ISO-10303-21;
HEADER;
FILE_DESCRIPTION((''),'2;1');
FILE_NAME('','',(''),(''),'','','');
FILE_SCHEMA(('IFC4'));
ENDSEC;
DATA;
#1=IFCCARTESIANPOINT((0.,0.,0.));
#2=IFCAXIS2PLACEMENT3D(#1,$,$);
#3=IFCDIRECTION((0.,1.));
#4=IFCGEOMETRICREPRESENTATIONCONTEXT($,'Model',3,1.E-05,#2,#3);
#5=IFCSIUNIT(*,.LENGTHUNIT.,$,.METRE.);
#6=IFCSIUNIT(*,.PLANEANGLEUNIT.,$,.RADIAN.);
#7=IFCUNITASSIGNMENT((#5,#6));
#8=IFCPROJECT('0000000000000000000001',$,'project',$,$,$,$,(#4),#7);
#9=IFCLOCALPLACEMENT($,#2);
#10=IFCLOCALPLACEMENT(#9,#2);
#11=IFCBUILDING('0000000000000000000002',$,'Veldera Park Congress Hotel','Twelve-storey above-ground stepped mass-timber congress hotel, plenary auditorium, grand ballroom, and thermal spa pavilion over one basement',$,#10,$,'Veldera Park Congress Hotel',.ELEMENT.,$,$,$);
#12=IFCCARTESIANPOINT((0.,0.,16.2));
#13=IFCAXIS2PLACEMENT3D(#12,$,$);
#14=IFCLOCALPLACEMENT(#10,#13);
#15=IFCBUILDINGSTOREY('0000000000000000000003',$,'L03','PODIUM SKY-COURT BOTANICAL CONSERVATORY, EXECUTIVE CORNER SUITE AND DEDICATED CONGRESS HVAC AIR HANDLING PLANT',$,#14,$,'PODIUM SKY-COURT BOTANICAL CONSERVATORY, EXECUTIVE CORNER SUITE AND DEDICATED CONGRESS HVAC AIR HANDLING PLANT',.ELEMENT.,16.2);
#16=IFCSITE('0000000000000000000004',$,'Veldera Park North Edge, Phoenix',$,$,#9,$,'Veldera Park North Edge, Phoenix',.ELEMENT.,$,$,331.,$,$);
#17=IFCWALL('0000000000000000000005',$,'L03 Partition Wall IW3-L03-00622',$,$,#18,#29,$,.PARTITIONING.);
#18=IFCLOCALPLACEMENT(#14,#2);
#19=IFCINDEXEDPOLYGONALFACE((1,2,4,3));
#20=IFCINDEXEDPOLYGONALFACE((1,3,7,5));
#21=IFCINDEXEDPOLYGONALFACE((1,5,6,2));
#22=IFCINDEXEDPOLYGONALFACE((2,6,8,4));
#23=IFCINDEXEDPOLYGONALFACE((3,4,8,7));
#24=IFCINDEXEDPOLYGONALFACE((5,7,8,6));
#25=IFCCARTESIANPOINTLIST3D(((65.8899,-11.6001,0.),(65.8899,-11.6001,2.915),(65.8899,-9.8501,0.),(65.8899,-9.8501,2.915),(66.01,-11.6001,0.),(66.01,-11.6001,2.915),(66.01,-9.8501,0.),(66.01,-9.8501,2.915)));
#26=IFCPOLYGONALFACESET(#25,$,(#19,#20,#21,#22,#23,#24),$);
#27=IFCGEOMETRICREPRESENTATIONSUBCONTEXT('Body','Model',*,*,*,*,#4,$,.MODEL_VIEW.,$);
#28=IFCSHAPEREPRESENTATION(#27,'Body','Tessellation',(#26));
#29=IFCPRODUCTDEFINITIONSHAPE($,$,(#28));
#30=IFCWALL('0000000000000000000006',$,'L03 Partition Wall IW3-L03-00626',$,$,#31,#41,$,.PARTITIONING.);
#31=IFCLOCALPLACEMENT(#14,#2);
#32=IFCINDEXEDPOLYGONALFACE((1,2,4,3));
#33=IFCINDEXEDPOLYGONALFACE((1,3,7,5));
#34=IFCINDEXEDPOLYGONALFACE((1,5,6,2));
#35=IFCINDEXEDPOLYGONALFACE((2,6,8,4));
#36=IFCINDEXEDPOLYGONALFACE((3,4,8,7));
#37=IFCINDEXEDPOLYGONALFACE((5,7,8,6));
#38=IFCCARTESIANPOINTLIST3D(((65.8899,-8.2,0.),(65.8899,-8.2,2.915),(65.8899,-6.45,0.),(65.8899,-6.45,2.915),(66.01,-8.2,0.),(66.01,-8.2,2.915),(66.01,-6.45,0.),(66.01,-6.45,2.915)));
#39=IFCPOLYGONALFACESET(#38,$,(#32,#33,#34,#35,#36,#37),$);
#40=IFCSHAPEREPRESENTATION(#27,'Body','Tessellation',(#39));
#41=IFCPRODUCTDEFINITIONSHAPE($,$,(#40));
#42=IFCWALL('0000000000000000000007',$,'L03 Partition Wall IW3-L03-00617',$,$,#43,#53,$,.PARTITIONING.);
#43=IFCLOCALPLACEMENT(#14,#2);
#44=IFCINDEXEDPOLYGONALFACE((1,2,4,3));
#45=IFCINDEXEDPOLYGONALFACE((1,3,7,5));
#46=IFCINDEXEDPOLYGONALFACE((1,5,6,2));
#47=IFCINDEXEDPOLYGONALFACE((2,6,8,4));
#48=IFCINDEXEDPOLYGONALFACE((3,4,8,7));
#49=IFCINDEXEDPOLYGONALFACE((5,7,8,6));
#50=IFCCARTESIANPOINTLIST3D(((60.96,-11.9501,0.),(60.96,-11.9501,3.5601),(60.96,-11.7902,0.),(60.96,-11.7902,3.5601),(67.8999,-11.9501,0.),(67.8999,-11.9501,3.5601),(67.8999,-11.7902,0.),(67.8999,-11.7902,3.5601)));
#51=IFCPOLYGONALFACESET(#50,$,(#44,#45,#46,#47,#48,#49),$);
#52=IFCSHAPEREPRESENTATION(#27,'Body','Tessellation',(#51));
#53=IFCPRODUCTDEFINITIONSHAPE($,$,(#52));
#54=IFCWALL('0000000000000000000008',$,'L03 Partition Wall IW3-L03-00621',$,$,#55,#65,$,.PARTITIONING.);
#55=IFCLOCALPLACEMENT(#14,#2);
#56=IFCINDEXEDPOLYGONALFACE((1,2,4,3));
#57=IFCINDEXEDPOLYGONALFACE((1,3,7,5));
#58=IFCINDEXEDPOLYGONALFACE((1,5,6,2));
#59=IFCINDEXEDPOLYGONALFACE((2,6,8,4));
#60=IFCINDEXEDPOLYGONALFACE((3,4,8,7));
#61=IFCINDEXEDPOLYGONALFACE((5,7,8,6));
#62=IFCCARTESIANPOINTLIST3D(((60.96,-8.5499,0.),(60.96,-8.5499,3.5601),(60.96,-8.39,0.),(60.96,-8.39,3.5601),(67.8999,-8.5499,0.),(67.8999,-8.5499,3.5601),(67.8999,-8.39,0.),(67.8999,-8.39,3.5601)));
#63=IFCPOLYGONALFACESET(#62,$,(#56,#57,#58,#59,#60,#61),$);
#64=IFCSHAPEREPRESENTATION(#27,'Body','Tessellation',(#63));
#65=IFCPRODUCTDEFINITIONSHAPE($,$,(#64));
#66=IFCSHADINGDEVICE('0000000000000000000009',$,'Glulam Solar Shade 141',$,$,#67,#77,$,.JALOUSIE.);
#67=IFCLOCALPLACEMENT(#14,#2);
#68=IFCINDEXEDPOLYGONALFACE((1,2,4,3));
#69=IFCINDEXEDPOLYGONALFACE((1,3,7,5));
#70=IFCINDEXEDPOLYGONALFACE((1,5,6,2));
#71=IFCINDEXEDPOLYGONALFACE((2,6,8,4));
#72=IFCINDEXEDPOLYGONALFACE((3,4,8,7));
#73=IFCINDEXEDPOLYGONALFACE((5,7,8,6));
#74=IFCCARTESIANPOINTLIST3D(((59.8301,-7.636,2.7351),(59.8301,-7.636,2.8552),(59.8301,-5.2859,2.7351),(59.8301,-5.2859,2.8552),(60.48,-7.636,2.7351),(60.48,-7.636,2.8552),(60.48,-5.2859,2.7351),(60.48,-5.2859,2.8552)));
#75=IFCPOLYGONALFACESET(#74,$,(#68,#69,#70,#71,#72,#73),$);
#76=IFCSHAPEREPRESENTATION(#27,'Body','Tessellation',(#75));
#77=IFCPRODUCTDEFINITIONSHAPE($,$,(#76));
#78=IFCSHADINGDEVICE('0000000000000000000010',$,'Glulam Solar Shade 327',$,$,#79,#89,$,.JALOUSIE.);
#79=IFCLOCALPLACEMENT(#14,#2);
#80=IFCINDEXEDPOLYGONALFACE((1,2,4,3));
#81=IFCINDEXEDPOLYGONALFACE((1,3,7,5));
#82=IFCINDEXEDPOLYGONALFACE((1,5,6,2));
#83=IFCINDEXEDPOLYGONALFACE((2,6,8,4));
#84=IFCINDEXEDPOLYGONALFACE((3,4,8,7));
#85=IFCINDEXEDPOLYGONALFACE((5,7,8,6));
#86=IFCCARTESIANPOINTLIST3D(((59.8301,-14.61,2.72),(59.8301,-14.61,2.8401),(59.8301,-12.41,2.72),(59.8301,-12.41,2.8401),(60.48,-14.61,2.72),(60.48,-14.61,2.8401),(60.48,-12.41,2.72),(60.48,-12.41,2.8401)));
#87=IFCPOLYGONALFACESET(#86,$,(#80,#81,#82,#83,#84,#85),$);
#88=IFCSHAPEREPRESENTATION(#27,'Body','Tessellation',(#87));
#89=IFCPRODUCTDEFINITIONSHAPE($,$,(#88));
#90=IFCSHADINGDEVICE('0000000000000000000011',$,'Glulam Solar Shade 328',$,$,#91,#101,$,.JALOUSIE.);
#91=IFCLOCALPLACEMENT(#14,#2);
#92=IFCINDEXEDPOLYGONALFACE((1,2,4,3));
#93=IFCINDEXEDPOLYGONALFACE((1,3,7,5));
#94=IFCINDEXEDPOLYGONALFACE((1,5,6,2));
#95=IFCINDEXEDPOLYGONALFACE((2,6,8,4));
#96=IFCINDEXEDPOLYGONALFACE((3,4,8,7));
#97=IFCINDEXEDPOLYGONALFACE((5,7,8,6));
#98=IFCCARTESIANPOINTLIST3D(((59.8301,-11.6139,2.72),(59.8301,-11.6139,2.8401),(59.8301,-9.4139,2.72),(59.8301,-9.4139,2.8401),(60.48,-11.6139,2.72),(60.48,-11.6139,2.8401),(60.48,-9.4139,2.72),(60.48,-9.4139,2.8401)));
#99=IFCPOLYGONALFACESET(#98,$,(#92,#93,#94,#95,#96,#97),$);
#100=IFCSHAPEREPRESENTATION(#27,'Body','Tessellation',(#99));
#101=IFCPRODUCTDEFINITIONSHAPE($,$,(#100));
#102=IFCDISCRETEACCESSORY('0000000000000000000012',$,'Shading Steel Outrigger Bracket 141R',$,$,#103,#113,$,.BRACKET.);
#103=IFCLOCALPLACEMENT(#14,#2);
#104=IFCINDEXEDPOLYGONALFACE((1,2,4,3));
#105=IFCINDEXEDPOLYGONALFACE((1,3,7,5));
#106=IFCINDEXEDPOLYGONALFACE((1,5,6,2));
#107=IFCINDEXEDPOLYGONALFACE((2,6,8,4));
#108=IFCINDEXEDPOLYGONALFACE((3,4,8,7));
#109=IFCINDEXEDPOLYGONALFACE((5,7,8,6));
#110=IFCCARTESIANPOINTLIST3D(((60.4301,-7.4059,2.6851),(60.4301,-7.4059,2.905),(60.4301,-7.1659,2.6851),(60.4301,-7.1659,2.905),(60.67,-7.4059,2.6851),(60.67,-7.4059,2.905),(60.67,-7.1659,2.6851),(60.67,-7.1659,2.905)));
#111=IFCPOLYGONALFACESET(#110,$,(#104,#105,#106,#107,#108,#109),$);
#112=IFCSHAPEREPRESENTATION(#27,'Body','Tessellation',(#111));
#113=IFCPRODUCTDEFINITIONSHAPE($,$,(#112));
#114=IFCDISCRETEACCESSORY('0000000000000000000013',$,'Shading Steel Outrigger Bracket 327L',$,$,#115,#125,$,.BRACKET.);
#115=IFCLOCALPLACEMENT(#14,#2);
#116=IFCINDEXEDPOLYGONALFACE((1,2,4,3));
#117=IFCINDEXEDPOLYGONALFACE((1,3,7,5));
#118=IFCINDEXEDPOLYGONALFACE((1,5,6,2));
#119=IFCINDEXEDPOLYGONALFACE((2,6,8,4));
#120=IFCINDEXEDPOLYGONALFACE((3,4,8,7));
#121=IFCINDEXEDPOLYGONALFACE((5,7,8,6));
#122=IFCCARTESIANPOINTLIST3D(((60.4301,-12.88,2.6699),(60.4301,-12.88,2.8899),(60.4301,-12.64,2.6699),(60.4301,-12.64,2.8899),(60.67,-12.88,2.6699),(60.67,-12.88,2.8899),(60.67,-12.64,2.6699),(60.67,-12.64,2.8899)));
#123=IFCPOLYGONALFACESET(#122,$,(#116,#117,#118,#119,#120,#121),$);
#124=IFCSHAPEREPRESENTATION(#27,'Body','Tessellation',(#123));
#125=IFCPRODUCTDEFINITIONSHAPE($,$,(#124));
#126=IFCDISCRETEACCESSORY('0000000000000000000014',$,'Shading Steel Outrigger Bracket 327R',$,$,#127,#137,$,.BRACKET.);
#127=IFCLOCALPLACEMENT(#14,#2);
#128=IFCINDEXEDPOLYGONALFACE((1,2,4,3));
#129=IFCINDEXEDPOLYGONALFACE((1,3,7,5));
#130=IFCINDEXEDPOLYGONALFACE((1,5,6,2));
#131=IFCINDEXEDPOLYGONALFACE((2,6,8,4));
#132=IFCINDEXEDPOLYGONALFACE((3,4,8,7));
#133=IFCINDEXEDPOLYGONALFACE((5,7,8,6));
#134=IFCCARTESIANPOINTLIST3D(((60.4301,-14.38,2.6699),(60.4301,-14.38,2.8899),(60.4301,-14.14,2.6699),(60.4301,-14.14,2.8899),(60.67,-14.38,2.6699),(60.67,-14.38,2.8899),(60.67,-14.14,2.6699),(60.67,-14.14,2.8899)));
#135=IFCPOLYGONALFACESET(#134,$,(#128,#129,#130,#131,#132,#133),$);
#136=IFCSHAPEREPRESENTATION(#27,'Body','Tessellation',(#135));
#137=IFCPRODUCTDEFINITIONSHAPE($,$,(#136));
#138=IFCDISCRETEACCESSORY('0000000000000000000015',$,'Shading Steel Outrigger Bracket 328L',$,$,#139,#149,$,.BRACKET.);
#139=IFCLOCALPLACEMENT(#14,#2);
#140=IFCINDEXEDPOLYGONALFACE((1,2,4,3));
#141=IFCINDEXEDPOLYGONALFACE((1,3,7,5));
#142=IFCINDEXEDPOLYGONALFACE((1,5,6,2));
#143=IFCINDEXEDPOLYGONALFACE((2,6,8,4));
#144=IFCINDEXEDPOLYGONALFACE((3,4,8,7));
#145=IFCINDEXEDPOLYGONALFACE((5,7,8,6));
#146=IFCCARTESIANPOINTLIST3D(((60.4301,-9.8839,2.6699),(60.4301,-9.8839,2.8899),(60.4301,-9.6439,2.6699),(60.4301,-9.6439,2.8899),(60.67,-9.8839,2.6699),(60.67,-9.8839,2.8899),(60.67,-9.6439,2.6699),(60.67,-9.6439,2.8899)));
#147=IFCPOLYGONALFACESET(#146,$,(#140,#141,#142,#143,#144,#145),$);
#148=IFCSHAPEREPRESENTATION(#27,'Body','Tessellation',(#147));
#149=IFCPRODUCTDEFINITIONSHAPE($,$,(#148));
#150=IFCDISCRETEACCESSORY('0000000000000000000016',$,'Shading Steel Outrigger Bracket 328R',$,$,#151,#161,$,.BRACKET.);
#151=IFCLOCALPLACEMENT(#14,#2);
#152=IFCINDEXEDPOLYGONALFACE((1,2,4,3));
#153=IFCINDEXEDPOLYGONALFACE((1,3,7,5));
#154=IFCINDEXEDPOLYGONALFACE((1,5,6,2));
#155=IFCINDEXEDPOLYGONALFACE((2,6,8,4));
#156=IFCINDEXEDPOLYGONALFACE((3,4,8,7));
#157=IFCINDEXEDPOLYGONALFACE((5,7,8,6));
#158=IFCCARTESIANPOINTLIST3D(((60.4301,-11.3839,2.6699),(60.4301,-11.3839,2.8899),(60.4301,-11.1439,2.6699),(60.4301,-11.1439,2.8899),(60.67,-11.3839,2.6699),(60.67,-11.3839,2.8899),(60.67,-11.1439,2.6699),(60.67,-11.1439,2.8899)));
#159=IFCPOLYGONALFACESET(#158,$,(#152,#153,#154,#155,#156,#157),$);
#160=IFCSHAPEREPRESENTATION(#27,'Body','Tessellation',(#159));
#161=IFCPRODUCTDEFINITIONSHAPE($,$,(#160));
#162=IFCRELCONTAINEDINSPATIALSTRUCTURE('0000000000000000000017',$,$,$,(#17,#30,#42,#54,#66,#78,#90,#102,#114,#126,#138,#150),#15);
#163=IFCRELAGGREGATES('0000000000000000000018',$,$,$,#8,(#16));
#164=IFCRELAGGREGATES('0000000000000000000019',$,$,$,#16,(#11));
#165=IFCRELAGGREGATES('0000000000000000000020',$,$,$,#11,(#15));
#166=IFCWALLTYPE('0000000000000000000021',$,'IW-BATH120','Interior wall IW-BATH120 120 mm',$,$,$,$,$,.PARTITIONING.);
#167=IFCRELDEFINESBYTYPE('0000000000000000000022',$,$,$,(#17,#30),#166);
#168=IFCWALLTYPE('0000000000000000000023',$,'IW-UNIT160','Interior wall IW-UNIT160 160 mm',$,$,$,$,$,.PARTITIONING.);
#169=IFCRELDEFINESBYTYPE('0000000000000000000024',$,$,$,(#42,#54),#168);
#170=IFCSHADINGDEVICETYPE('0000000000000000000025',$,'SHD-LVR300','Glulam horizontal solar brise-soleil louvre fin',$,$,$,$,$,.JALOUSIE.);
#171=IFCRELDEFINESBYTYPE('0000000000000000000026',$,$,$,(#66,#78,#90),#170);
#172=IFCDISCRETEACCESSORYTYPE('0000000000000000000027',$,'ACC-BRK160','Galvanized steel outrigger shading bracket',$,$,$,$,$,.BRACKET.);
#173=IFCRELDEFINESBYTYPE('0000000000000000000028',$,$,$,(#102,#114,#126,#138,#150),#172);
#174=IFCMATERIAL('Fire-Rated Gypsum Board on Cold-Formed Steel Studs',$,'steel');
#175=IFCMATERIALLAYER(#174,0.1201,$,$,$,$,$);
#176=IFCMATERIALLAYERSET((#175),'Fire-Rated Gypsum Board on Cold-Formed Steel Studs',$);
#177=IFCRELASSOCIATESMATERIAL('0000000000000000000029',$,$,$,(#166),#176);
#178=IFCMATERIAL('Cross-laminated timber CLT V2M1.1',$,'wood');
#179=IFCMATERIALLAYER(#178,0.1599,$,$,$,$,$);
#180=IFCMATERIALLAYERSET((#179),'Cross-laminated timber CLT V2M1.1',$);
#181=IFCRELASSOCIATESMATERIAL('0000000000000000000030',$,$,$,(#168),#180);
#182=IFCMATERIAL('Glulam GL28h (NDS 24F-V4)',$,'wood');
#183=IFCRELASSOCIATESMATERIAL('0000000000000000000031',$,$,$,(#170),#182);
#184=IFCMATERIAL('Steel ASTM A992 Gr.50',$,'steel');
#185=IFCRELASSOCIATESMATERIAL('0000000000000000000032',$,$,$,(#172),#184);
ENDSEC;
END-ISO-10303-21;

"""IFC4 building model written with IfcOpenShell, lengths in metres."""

from ifc_helpers import new_model, si_unit, direction, frame, frame_2d, origin, origin_2d, place, context, subcontext, project, spatial, rectangle, extrude, material, layer, layer_set, type_object, element, save


model = new_model("IFC4")

# Units and contexts
model_context = context("Model", 3, precision=1e-05, world=origin(), true_north=direction((0.0, 1.0)))
body_context = subcontext(model_context, "Body", "Model", "MODEL_VIEW")
ifc_project = project(units=[si_unit("LENGTHUNIT", "METRE"), si_unit("PLANEANGLEUNIT", "RADIAN")], contexts=[model_context])

# Site, building, storey
site_placement = place(None, origin())
site = spatial("IfcSite", under=ifc_project, at=site_placement, Name="Veldera Park North Edge, Phoenix", LongName="Veldera Park North Edge, Phoenix", CompositionType="ELEMENT", RefElevation=331.0)
building_placement = place(site_placement, origin())
building = spatial("IfcBuilding", under=site, at=building_placement, Name="Veldera Park Congress Hotel", Description="Twelve-storey above-ground stepped mass-timber congress hotel, plenary auditorium, grand ballroom, and thermal spa pavilion over one basement", LongName="Veldera Park Congress Hotel", CompositionType="ELEMENT")
storey_placement = place(building_placement, frame((0.0, 0.0, 16.2)))
storey = spatial("IfcBuildingStorey", under=building, at=storey_placement, Name="L03", Description="PODIUM SKY-COURT BOTANICAL CONSERVATORY, EXECUTIVE CORNER SUITE AND DEDICATED CONGRESS HVAC AIR HANDLING PLANT", LongName="PODIUM SKY-COURT BOTANICAL CONSERVATORY, EXECUTIVE CORNER SUITE AND DEDICATED CONGRESS HVAC AIR HANDLING PLANT", CompositionType="ELEMENT", Elevation=16.2)

# Shared definitions
ifc_material_1 = material(Name="Glulam GL28h (NDS 24F-V4)", Category="wood")

# Shared definitions
ifc_material_2 = material(Name="Cross-laminated timber CLT V2M1.1", Category="wood")

# Wall
ifc_material_3 = material(Name="Fire-Rated Gypsum Board on Cold-Formed Steel Studs", Category="steel")
ifc_layer_1 = layer(ifc_material_3, 0.1201)
ifc_layer_set_1 = layer_set([ifc_layer_1], Name="Fire-Rated Gypsum Board on Cold-Formed Steel Studs")
wall_type_1 = type_object("IfcWallType", Name="IW-BATH120", Description="Interior wall IW-BATH120 120 mm", PredefinedType="PARTITIONING", material=ifc_layer_set_1)
wall_1_placement = place(storey_placement, frame((65.95, -11.6001, 0.0), z_axis=(0.0, 0.0, 1.0), x_axis=(0.0, 1.0, 0.0)))
element("IfcWall", 1, at=wall_1_placement, inside=storey, type_object=wall_type_1, Name="L03 Partition Wall IW3-L03-00622", PredefinedType="PARTITIONING", context=body_context, shape_type="SweptSolid", body=[
    extrude(rectangle(XDim=1.75, YDim=0.1201, at=frame_2d((0.875, 0.0))), origin(), (0.0, 0.0, 1.0), 2.915),
])

# Walls
wall_2_placement = place(storey_placement, frame((65.95, -8.2, 0.0), z_axis=(0.0, 0.0, 1.0), x_axis=(0.0, 1.0, 0.0)))
element("IfcWall", 2, at=wall_2_placement, inside=storey, type_object=wall_type_1, Name="L03 Partition Wall IW3-L03-00626", PredefinedType="PARTITIONING", context=body_context, shape_type="SweptSolid", body=[
    extrude(rectangle(XDim=1.75, YDim=0.1201, at=frame_2d((0.875, 0.0))), origin(), (0.0, 0.0, 1.0), 2.915),
])
ifc_layer_2 = layer(ifc_material_2, 0.1599)
ifc_layer_set_2 = layer_set([ifc_layer_2], Name="Cross-laminated timber CLT V2M1.1")
wall_type_2 = type_object("IfcWallType", Name="IW-UNIT160", Description="Interior wall IW-UNIT160 160 mm", PredefinedType="PARTITIONING", material=ifc_layer_set_2)
for number, where, z_axis, x_axis, name in (
    (3, (60.96, -11.8701, 0.0), (0.0, 0.0, 1.0), (1.0, 0.0, 0.0), "L03 Partition Wall IW3-L03-00617"),
    (4, (60.96, -8.47, 0.0), (0.0, 0.0, 1.0), (1.0, 0.0, 0.0), "L03 Partition Wall IW3-L03-00621"),
):
    element("IfcWall", number, at=place(storey_placement, frame(where, z_axis=z_axis, x_axis=x_axis)), inside=storey, type_object=wall_type_2, Name=name, PredefinedType="PARTITIONING", context=body_context, shape_type="SweptSolid", body=[
        extrude(rectangle(XDim=6.9399, YDim=0.1599, at=frame_2d((3.47, 0.0))), origin(), (0.0, 0.0, 1.0), 3.5601),
    ])

# Shading devices
shading_device_type = type_object("IfcShadingDeviceType", Name="SHD-LVR300", Description="Glulam horizontal solar brise-soleil louvre fin", PredefinedType="JALOUSIE", material=ifc_material_1)
shading_device_placement = place(storey_placement, frame((60.155, -6.4609, 2.7351), z_axis=(0.0, 0.0, 1.0), x_axis=(0.0, -1.0, 0.0)))
element("IfcShadingDevice", 5, at=shading_device_placement, inside=storey, type_object=shading_device_type, Name="Glulam Solar Shade 141", PredefinedType="JALOUSIE", context=body_context, shape_type="SweptSolid", body=[
    extrude(rectangle(XDim=2.3501, YDim=0.6499, at=origin_2d()), origin(), (0.0, 0.0, 1.0), 0.1201),
])
for number, where, z_axis, x_axis, name in (
    (6, (60.155, -13.51, 2.72), (0.0, 0.0, 1.0), (0.0, -1.0, 0.0), "Glulam Solar Shade 327"),
    (7, (60.155, -10.5139, 2.72), (0.0, 0.0, 1.0), (0.0, -1.0, 0.0), "Glulam Solar Shade 328"),
):
    element("IfcShadingDevice", number, at=place(storey_placement, frame(where, z_axis=z_axis, x_axis=x_axis)), inside=storey, type_object=shading_device_type, Name=name, PredefinedType="JALOUSIE", context=body_context, shape_type="SweptSolid", body=[
        extrude(rectangle(XDim=2.2, YDim=0.6499, at=origin_2d()), origin(), (0.0, 0.0, 1.0), 0.1201),
    ])

# Discrete accessories
ifc_material_4 = material(Name="Steel ASTM A992 Gr.50", Category="steel")
discrete_accessory_type = type_object("IfcDiscreteAccessoryType", Name="ACC-BRK160", Description="Galvanized steel outrigger shading bracket", PredefinedType="BRACKET", material=ifc_material_4)
for number, where, z_axis, x_axis, name in (
    (8, (60.55, -7.2859, 2.6851), (0.0, 0.0, 1.0), (0.0, -1.0, 0.0), "Shading Steel Outrigger Bracket 141R"),
    (9, (60.55, -12.76, 2.6699), (0.0, 0.0, 1.0), (0.0, -1.0, 0.0), "Shading Steel Outrigger Bracket 327L"),
    (10, (60.55, -14.26, 2.6699), (0.0, 0.0, 1.0), (0.0, -1.0, 0.0), "Shading Steel Outrigger Bracket 327R"),
    (11, (60.55, -9.7639, 2.6699), (0.0, 0.0, 1.0), (0.0, -1.0, 0.0), "Shading Steel Outrigger Bracket 328L"),
    (12, (60.55, -11.2639, 2.6699), (0.0, 0.0, 1.0), (0.0, -1.0, 0.0), "Shading Steel Outrigger Bracket 328R"),
):
    element("IfcDiscreteAccessory", number, at=place(storey_placement, frame(where, z_axis=z_axis, x_axis=x_axis)), inside=storey, type_object=discrete_accessory_type, Name=name, PredefinedType="BRACKET", context=body_context, shape_type="SweptSolid", body=[
        extrude(rectangle(XDim=0.24, YDim=0.24, at=origin_2d()), origin(), (0.0, 0.0, 1.0), 0.22),
    ])

save(model, "model.ifc")
